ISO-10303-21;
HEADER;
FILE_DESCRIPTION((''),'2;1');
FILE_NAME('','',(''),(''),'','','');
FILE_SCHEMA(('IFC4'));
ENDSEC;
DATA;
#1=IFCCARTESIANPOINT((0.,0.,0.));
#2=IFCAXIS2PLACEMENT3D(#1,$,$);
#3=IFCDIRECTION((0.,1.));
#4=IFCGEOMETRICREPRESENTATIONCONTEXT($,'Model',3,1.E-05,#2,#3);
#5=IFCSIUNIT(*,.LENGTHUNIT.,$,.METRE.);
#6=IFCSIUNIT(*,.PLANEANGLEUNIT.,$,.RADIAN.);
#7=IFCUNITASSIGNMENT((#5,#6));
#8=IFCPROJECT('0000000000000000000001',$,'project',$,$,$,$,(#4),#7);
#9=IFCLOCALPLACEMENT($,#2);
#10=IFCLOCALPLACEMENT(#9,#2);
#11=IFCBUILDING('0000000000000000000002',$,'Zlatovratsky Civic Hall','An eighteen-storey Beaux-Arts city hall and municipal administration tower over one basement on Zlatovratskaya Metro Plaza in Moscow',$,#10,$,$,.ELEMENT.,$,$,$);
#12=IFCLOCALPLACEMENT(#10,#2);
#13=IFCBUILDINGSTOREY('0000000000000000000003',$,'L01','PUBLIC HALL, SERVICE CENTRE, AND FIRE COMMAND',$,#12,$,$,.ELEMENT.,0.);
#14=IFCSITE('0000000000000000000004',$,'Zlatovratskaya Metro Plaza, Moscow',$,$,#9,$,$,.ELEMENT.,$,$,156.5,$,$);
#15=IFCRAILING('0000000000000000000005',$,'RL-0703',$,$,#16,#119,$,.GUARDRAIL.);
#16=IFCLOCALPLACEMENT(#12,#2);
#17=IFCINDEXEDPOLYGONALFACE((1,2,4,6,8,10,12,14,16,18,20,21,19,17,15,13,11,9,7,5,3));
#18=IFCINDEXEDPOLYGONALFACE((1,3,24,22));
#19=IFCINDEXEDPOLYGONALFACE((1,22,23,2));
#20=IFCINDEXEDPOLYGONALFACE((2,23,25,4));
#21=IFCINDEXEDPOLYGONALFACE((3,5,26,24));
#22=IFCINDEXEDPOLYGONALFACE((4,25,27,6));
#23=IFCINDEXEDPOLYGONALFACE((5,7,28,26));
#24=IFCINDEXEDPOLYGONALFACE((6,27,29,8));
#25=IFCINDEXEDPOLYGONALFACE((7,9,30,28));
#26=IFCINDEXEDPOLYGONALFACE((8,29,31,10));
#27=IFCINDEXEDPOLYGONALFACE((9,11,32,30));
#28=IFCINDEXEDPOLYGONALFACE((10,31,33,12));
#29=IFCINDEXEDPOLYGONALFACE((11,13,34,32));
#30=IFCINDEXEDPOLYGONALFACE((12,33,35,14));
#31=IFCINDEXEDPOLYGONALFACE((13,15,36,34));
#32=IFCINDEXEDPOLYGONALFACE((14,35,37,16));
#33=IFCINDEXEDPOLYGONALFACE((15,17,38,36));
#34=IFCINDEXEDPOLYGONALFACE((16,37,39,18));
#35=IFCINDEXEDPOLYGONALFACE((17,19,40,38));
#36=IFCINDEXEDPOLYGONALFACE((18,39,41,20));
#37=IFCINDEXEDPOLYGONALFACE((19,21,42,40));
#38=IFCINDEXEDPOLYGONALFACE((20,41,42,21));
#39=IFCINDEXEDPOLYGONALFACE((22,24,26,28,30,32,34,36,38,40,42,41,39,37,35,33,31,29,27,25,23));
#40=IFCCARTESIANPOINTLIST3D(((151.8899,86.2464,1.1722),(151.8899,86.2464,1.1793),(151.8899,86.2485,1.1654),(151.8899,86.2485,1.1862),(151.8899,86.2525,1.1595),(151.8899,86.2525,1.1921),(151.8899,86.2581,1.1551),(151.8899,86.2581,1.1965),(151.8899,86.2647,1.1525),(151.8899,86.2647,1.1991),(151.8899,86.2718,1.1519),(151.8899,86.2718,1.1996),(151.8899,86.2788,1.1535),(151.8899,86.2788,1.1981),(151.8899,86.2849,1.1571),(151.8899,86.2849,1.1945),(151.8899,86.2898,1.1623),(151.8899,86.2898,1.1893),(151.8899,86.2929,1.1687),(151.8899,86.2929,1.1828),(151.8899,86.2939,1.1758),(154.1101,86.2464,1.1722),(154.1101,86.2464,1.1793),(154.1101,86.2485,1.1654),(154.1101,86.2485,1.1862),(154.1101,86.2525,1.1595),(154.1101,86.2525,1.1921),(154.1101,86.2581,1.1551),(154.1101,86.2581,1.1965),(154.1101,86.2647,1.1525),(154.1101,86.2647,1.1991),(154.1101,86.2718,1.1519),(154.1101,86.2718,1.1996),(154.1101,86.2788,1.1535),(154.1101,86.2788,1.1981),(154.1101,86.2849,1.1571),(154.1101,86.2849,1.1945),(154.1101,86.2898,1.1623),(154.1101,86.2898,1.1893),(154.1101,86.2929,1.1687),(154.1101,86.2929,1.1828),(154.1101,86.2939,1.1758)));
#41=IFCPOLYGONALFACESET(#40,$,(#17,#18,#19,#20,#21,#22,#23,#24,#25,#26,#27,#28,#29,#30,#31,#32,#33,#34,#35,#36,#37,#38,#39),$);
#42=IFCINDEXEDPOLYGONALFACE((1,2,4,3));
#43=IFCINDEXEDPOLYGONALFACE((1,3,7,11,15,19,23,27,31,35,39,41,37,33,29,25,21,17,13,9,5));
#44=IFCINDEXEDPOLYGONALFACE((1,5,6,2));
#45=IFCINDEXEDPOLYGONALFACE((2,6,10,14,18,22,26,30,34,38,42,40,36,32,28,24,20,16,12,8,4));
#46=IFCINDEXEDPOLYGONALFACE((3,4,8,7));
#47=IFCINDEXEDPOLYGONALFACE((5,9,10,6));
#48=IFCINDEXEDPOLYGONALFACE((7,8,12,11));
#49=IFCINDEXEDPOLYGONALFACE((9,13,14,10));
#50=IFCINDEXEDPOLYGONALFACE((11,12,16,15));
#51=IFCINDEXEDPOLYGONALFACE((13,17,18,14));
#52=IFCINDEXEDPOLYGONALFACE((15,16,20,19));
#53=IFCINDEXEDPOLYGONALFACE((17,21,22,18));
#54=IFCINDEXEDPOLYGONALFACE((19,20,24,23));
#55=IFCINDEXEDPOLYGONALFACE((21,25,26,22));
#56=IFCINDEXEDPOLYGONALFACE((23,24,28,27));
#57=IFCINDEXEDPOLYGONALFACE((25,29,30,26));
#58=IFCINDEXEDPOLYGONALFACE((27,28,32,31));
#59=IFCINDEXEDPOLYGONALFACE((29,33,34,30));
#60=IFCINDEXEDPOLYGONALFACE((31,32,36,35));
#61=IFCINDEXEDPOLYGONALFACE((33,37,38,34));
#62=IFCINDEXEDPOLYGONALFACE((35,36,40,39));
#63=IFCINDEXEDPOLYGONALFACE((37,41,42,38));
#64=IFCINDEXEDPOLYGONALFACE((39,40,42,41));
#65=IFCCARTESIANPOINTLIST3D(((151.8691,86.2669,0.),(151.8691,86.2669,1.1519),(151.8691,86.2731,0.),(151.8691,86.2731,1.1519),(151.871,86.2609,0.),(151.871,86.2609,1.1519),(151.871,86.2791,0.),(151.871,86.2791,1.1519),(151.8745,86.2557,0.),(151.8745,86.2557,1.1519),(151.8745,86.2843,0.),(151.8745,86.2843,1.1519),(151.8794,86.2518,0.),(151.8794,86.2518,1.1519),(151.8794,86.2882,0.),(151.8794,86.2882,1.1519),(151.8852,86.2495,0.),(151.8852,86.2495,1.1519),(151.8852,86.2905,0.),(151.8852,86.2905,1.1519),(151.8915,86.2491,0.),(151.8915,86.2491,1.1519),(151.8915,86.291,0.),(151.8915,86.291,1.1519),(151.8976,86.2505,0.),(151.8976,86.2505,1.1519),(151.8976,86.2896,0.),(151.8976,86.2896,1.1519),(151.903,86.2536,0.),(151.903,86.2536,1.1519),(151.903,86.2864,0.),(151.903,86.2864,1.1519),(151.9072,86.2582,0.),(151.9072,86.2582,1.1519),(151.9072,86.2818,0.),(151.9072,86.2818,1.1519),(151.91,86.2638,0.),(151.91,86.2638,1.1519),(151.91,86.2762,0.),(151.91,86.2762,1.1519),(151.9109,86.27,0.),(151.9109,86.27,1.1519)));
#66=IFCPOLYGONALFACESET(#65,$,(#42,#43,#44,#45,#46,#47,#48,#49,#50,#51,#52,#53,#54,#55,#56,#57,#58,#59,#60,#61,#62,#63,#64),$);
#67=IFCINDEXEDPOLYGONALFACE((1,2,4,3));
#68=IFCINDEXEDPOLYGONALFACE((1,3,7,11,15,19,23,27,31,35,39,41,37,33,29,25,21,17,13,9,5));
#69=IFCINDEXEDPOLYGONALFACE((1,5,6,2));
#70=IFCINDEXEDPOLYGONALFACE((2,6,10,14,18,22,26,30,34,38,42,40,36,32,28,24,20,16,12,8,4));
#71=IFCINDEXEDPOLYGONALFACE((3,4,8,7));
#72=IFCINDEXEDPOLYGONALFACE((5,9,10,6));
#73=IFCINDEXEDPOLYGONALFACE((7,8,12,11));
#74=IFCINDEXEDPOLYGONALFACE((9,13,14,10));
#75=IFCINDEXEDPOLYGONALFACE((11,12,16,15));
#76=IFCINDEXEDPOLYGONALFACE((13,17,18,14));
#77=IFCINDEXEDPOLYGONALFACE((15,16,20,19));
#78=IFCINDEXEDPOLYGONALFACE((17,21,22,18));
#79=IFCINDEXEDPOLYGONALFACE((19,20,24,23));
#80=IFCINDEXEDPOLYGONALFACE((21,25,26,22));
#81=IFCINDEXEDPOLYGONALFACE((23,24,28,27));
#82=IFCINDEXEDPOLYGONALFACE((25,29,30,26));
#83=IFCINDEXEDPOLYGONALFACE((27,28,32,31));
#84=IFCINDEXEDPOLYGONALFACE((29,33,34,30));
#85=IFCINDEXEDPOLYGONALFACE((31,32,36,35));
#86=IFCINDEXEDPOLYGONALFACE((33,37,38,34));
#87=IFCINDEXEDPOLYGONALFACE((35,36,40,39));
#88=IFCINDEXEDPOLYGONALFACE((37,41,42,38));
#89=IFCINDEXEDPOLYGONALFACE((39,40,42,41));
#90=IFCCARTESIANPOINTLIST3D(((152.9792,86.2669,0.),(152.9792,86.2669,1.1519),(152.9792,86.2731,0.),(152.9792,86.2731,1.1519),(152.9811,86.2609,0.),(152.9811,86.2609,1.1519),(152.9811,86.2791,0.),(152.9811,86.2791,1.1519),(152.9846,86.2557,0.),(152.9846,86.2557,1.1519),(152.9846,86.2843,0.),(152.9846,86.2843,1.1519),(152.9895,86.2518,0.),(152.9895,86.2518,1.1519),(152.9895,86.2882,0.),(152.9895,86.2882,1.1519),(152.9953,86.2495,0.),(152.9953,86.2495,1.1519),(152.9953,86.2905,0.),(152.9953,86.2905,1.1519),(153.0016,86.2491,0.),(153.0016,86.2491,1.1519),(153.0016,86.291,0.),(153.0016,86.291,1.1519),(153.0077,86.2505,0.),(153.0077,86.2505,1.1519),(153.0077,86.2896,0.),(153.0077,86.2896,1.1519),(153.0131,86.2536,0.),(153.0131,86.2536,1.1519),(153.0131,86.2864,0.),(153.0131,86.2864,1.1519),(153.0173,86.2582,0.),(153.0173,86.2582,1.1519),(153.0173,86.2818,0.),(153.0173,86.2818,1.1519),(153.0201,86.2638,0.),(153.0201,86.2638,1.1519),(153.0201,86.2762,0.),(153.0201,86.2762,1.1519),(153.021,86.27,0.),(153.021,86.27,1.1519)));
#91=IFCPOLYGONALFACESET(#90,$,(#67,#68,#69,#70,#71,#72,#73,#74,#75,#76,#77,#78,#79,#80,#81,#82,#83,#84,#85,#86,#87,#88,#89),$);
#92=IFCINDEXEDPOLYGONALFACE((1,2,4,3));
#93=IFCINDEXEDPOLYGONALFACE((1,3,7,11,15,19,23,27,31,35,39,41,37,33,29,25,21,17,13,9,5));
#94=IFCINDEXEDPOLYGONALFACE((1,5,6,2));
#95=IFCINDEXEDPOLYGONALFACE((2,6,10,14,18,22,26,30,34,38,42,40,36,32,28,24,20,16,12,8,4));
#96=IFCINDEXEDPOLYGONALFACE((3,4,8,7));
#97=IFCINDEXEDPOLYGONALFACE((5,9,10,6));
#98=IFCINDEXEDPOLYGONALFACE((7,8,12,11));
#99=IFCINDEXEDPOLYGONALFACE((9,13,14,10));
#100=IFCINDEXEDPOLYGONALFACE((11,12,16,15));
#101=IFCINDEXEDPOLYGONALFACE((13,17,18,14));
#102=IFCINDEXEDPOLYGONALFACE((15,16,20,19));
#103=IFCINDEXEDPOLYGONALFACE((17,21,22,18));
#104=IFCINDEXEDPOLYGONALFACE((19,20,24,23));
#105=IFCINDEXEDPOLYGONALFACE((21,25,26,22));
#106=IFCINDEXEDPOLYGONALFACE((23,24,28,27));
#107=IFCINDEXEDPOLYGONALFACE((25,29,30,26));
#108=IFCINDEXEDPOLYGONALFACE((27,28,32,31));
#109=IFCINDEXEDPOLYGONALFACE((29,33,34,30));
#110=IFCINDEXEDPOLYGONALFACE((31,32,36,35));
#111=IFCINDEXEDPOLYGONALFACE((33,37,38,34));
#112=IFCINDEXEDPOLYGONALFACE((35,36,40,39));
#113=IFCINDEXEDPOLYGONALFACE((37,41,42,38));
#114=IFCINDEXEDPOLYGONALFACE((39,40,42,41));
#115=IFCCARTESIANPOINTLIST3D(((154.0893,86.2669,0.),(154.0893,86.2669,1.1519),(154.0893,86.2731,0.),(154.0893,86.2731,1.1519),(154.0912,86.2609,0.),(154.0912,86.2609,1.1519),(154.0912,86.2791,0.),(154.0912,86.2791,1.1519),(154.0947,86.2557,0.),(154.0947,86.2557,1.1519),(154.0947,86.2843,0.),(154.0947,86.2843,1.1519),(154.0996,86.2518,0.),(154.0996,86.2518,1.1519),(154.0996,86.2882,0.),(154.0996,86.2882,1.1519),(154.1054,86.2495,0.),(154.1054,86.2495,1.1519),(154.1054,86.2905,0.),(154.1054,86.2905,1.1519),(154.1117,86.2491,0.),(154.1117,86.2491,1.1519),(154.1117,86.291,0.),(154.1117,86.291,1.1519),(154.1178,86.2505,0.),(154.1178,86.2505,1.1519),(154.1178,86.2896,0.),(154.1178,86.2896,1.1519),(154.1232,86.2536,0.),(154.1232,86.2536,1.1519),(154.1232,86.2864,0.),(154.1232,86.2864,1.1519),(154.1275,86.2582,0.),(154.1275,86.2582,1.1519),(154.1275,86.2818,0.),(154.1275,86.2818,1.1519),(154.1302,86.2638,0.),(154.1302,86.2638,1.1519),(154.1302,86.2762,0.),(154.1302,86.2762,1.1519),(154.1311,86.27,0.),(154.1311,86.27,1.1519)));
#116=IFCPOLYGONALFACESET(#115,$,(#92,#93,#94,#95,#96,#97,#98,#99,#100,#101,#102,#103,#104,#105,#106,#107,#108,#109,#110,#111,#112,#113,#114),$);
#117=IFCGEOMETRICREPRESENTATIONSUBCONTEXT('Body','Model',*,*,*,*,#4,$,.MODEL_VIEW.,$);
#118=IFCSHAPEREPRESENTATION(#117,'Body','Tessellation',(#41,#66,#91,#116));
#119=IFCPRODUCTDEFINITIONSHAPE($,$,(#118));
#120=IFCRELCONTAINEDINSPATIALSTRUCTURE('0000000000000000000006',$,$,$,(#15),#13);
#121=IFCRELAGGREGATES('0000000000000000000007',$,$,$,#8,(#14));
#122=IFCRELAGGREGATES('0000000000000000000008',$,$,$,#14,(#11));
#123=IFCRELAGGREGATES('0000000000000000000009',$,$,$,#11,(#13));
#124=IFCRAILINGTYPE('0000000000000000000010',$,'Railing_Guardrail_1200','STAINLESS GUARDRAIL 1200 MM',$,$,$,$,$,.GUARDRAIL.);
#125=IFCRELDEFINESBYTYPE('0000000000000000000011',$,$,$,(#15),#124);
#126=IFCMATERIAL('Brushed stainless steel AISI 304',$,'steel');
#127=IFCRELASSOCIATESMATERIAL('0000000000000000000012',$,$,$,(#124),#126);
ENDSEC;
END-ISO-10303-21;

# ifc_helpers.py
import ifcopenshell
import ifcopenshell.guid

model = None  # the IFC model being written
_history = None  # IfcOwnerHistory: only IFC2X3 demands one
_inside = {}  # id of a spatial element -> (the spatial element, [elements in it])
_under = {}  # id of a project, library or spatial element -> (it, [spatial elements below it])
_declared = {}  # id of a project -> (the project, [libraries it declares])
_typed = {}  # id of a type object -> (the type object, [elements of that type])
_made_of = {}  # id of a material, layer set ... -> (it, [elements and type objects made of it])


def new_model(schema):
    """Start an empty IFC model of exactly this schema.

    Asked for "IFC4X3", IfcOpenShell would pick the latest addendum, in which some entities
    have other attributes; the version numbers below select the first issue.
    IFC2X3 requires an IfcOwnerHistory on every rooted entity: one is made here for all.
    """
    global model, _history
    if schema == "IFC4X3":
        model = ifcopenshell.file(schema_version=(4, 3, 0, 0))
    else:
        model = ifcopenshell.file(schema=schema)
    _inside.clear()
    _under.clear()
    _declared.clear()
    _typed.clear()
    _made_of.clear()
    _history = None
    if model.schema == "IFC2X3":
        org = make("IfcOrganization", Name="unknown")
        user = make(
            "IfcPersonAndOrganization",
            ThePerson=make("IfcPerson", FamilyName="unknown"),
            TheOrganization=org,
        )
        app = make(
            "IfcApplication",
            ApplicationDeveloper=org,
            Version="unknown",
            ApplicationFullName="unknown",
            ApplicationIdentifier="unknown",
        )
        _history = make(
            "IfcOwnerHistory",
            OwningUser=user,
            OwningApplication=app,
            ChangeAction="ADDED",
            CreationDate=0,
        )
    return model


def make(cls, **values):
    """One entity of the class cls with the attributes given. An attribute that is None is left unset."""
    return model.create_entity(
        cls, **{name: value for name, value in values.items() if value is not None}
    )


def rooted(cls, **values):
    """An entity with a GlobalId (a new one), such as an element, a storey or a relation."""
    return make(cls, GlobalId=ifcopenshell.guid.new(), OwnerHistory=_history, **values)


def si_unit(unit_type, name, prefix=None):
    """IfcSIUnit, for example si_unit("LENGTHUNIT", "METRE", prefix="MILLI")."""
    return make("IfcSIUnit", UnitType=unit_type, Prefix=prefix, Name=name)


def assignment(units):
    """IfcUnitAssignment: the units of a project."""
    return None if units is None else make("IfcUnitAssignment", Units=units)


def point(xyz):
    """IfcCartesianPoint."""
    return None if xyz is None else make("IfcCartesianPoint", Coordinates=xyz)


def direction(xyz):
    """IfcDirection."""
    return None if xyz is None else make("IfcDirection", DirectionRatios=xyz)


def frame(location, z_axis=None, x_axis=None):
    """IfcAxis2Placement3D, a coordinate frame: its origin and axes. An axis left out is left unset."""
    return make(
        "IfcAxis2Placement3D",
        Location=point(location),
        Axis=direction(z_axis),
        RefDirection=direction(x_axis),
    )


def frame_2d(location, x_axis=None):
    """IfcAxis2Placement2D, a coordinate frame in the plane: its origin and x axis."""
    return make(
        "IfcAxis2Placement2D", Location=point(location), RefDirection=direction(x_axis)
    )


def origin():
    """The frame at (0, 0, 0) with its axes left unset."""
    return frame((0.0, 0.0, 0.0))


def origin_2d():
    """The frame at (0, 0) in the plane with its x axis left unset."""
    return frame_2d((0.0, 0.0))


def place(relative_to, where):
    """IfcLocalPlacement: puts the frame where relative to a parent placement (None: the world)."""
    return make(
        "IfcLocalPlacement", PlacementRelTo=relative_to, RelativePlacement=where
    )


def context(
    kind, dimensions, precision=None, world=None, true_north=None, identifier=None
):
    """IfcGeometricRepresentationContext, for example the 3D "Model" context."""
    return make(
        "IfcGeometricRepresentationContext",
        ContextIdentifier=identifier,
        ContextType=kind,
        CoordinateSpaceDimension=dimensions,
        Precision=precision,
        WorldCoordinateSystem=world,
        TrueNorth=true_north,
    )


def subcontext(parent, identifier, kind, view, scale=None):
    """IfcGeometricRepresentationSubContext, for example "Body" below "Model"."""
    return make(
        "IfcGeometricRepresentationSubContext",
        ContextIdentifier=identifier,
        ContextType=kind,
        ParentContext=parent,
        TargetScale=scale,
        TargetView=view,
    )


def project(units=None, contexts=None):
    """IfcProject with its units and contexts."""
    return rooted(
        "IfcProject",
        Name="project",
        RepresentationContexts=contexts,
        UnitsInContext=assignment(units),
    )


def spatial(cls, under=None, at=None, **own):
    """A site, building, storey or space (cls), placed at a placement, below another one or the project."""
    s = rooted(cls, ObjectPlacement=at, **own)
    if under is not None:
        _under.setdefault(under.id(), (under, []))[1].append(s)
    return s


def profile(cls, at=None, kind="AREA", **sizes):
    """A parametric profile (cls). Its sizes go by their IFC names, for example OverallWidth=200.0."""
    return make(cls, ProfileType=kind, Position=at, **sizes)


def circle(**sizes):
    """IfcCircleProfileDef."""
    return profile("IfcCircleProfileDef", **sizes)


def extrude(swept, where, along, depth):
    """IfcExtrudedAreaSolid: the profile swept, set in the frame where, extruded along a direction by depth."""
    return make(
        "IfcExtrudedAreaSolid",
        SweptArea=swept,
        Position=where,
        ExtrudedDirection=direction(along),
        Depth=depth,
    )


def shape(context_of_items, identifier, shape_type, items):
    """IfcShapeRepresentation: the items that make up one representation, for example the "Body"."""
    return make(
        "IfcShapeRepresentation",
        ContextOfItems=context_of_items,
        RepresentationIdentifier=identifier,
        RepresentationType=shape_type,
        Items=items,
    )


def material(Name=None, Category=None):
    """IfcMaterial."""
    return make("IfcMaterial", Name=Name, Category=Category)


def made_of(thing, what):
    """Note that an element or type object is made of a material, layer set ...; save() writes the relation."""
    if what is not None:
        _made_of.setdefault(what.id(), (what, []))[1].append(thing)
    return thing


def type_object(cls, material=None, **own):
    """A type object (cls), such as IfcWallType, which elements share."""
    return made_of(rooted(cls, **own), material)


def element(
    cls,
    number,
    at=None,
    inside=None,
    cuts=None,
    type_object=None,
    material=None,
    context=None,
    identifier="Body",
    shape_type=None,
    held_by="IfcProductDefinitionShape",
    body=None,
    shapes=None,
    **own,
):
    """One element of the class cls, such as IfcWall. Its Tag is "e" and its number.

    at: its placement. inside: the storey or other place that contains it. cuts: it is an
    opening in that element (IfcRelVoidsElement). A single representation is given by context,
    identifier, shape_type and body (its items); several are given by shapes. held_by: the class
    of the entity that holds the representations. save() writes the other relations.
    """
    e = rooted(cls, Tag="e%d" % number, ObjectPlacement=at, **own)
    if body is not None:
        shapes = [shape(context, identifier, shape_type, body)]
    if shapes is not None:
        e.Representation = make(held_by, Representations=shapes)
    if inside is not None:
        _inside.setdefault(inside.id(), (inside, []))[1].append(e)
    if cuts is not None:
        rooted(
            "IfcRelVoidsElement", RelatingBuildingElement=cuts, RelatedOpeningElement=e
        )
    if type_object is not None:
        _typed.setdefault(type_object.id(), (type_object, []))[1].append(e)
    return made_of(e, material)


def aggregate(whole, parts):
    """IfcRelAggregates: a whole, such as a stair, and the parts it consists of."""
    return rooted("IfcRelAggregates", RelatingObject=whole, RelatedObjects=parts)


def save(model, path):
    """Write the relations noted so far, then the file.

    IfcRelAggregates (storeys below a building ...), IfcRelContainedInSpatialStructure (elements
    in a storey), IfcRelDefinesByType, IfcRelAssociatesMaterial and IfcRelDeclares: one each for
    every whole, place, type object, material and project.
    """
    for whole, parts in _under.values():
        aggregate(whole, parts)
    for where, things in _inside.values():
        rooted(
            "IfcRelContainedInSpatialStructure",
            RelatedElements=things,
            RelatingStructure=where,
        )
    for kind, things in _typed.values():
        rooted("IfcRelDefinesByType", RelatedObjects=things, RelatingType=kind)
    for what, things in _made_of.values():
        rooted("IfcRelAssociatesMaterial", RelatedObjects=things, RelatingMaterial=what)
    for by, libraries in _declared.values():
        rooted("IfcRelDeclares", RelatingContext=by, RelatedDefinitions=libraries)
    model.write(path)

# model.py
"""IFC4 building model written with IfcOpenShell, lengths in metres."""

from ifc_helpers import new_model, si_unit, direction, frame, origin, origin_2d, place, context, subcontext, project, spatial, circle, extrude, material, type_object, element, save


model = new_model("IFC4")

# Units and contexts
model_context = context("Model", 3, precision=1e-05, world=origin(), true_north=direction((0.0, 1.0)))
body_context = subcontext(model_context, "Body", "Model", "MODEL_VIEW")
ifc_project = project(units=[si_unit("LENGTHUNIT", "METRE"), si_unit("PLANEANGLEUNIT", "RADIAN")], contexts=[model_context])

# Site, building, storey
site_placement = place(None, origin())
site = spatial("IfcSite", under=ifc_project, at=site_placement, Name="Zlatovratskaya Metro Plaza, Moscow", CompositionType="ELEMENT", RefElevation=156.5)
building_placement = place(site_placement, origin())
building = spatial("IfcBuilding", under=site, at=building_placement, Name="Zlatovratsky Civic Hall", Description="An eighteen-storey Beaux-Arts city hall and municipal administration tower over one basement on Zlatovratskaya Metro Plaza in Moscow", CompositionType="ELEMENT")
storey_placement = place(building_placement, origin())
storey = spatial("IfcBuildingStorey", under=building, at=storey_placement, Name="L01", Description="PUBLIC HALL, SERVICE CENTRE, AND FIRE COMMAND", CompositionType="ELEMENT", Elevation=0.0)

# Railing
ifc_material_1 = material(Name="Brushed stainless steel AISI 304", Category="steel")
railing_type_1 = type_object("IfcRailingType", Name="Railing_Guardrail_1200", Description="STAINLESS GUARDRAIL 1200 MM", PredefinedType="GUARDRAIL", material=ifc_material_1)
railing_1_placement = place(storey_placement, frame((151.8899, 86.27, 0.0)))
element("IfcRailing", 1, at=railing_1_placement, inside=storey, type_object=railing_type_1, Name="RL-0703", PredefinedType="GUARDRAIL", context=body_context, shape_type="SweptSolid", body=[
    extrude(circle(Radius=0.0239, at=origin_2d()), frame((0.0, 0.0, 1.1758), z_axis=(1.0, 0.0, 0.0), x_axis=(0.0, 1.0, 0.0)), (0.0, 0.0, 1.0), 2.2202),
    extrude(circle(Radius=0.021, at=origin_2d()), origin(), (0.0, 0.0, 1.0), 1.1519),
    extrude(circle(Radius=0.021, at=origin_2d()), frame((1.1101, 0.0, 0.0)), (0.0, 0.0, 1.0), 1.1519),
    extrude(circle(Radius=0.021, at=origin_2d()), frame((2.2202, 0.0, 0.0)), (0.0, 0.0, 1.0), 1.1519),
])

save(model, "model.ifc")
